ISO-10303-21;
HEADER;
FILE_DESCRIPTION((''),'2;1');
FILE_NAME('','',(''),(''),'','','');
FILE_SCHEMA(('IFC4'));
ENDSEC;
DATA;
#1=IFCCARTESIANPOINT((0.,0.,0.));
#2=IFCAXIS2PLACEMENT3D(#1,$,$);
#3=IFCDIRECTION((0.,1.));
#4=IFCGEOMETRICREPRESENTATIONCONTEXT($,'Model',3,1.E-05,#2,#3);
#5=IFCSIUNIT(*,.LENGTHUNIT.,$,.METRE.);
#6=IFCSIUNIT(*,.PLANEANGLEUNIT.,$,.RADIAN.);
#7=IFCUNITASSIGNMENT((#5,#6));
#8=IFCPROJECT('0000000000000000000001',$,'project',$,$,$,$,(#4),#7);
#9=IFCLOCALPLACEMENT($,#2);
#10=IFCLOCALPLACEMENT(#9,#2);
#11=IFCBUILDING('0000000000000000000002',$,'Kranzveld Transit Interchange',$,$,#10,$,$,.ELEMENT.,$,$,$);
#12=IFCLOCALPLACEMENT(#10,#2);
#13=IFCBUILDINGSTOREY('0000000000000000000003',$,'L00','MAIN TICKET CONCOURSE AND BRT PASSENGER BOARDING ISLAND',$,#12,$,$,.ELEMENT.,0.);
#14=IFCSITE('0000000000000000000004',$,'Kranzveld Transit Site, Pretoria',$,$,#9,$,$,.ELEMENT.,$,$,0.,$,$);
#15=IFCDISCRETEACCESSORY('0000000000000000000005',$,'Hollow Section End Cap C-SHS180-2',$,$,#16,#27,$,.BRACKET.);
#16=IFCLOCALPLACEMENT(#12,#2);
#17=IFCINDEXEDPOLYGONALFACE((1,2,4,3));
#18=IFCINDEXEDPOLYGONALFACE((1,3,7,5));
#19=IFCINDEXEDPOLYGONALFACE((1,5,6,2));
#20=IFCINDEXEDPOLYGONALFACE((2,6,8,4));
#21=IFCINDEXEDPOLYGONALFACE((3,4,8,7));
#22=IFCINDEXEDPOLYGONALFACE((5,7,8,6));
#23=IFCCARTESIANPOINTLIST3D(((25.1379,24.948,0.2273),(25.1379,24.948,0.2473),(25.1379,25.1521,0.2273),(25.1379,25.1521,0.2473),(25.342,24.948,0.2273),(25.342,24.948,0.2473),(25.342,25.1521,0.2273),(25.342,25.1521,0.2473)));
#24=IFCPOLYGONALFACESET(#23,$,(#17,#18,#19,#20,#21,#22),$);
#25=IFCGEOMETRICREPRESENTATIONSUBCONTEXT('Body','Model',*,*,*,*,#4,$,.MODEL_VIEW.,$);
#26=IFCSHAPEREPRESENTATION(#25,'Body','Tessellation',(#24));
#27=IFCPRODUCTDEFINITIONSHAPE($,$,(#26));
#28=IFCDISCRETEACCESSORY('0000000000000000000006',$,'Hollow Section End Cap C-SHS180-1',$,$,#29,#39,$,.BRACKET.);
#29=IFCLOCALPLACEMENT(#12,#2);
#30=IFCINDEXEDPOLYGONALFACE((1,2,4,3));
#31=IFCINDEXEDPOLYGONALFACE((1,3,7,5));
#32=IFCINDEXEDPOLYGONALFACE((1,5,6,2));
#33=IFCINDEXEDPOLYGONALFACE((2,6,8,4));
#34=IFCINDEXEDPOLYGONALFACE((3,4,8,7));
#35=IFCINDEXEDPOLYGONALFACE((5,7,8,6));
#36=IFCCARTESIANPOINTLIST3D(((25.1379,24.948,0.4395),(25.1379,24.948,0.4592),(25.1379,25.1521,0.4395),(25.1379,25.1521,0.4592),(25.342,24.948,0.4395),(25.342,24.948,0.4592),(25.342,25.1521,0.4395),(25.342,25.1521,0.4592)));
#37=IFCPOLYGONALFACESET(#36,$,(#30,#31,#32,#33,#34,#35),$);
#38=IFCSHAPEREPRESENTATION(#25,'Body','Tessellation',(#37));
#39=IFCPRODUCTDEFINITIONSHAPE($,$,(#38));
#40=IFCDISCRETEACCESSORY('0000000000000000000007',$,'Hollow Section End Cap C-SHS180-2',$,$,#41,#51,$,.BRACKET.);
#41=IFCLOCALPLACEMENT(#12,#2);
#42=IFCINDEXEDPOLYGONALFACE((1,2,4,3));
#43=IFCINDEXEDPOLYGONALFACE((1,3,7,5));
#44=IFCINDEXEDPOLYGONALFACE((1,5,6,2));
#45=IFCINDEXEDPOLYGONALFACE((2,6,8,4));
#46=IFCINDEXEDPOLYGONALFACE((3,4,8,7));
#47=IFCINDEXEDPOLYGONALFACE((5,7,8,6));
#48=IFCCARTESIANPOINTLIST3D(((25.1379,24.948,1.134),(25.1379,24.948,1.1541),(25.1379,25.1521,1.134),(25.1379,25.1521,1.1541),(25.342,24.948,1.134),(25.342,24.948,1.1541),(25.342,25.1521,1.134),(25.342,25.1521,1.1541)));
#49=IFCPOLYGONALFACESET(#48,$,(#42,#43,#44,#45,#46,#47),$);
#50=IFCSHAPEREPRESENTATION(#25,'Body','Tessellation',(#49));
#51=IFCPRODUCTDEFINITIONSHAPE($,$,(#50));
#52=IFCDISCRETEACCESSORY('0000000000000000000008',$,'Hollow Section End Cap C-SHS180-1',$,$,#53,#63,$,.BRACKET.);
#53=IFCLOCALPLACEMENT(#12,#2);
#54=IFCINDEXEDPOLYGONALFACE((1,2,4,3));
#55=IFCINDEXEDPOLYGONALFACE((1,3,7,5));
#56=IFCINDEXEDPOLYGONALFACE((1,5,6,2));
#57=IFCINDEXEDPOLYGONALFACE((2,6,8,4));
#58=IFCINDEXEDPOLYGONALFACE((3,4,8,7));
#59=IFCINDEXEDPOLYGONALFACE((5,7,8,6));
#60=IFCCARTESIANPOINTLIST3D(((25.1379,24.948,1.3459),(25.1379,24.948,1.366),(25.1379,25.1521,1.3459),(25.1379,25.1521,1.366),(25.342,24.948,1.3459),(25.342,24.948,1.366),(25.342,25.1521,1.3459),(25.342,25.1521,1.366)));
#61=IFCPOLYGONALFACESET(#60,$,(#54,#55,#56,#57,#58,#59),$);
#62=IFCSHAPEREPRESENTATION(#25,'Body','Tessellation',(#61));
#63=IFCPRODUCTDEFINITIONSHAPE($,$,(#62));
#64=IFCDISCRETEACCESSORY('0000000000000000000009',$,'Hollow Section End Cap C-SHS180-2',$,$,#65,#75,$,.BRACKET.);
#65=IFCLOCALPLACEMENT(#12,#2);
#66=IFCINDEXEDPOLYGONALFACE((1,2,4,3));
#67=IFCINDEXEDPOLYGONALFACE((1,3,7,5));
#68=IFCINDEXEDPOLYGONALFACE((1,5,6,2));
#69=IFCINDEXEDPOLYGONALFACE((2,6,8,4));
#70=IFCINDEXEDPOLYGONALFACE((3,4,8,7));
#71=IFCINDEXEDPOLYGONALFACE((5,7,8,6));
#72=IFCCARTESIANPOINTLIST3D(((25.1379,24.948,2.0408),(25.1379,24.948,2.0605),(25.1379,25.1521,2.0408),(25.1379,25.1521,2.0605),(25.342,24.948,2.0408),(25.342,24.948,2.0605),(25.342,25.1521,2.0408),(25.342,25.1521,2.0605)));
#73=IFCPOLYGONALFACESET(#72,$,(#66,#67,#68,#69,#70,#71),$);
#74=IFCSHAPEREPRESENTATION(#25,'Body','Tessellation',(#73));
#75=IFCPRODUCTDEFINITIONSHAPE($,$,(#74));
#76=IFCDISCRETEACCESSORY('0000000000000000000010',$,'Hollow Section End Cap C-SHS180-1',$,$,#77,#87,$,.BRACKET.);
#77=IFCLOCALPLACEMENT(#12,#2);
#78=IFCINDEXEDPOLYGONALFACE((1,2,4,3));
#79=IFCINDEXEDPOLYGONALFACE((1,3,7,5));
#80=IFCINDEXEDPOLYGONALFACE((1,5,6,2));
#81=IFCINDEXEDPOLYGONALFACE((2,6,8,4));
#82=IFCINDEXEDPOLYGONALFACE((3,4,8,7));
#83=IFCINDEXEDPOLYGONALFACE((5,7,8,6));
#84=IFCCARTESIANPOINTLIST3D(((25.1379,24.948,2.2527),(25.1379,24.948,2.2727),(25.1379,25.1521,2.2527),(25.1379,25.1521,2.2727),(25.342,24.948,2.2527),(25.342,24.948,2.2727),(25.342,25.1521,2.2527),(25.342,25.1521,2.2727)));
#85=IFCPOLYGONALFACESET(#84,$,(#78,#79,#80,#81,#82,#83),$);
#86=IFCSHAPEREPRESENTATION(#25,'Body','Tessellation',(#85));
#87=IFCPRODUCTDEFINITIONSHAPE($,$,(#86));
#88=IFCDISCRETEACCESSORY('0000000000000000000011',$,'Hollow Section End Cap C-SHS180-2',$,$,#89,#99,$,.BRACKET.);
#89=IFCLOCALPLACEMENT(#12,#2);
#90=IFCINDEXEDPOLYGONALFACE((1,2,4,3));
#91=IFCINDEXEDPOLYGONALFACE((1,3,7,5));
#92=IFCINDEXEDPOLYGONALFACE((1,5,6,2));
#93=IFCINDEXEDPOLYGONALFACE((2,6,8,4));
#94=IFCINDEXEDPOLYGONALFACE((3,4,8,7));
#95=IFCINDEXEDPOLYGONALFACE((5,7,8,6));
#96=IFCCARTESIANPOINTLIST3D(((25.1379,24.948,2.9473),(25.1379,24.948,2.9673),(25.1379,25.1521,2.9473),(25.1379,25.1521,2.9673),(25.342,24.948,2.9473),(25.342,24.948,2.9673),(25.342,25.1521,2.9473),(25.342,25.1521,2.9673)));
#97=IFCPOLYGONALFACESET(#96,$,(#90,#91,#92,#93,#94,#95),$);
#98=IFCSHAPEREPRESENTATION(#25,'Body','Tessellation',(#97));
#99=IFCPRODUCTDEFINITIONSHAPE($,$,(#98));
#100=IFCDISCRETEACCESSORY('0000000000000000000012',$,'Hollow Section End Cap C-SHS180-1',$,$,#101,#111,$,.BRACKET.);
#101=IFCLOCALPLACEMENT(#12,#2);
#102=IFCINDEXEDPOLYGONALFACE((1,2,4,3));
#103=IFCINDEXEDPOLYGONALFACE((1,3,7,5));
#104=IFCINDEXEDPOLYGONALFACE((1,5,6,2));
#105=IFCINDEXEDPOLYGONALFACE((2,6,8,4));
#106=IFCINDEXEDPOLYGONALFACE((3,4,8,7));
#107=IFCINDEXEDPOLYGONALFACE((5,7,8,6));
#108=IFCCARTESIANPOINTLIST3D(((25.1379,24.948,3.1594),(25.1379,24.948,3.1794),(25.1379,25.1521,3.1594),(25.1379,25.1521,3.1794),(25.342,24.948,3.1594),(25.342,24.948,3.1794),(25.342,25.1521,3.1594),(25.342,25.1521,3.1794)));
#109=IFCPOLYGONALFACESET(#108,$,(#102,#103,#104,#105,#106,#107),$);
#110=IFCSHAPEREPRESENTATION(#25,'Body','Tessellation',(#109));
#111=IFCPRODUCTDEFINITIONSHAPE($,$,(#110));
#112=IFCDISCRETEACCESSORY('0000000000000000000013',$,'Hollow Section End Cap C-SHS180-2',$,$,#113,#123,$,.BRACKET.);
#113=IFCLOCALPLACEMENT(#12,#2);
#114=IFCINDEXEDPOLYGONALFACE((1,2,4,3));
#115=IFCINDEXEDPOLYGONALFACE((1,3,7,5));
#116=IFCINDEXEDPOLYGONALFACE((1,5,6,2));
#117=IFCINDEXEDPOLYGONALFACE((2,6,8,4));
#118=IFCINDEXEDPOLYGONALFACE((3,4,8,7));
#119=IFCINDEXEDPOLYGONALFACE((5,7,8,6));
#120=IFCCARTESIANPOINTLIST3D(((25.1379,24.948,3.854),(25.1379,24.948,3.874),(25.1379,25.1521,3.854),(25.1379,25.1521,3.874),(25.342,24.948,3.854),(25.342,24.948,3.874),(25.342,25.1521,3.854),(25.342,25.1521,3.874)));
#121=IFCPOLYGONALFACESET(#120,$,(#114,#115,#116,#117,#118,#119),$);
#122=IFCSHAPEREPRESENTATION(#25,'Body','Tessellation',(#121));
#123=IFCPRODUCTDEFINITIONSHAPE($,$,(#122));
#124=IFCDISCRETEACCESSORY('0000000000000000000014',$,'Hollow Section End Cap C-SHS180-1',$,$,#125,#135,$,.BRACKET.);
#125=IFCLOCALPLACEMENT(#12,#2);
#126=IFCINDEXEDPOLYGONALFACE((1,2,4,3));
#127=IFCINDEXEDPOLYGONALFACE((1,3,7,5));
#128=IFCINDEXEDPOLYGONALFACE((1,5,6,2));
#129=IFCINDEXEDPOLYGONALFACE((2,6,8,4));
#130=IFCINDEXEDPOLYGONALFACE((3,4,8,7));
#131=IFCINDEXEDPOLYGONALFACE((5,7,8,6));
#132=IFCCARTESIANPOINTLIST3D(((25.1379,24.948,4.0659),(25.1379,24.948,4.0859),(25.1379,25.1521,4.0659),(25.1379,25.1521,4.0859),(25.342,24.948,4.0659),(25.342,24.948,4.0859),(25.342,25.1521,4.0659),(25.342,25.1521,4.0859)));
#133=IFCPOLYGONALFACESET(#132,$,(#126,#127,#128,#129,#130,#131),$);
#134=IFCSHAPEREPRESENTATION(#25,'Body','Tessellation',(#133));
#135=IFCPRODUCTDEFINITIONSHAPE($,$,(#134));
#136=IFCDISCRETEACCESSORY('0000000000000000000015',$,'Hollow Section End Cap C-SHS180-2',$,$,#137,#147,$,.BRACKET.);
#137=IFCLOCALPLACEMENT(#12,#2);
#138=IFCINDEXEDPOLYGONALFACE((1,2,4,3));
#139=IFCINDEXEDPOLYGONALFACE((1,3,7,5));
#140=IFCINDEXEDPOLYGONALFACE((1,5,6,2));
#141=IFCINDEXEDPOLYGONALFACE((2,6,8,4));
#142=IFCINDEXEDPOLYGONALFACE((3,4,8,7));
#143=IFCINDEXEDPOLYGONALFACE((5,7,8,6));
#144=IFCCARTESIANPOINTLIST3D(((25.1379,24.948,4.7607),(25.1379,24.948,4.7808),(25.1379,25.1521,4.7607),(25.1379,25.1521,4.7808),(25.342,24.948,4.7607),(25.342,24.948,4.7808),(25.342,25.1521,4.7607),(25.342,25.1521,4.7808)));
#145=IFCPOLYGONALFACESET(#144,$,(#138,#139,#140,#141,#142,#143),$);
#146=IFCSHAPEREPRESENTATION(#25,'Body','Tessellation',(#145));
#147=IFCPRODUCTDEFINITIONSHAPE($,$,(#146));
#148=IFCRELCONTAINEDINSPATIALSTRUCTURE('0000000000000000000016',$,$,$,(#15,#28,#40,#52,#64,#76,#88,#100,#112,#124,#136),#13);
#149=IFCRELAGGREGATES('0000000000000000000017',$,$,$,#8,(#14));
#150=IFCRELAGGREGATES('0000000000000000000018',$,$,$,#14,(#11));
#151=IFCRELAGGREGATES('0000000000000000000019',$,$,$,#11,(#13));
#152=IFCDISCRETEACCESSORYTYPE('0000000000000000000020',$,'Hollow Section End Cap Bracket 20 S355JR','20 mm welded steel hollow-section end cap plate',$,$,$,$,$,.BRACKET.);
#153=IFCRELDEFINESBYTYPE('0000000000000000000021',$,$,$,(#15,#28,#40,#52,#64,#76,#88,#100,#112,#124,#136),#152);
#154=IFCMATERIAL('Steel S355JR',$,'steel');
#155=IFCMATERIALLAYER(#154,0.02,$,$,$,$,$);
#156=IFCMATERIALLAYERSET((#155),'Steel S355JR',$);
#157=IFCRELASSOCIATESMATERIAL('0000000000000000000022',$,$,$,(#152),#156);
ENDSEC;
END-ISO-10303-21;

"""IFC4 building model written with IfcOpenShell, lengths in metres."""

from ifc_helpers import new_model, si_unit, direction, frame, origin, origin_2d, place, context, subcontext, project, spatial, rectangle, extrude, material, layer, layer_set, type_object, element, save


model = new_model("IFC4")

# Units and contexts
model_context = context("Model", 3, precision=1e-05, world=origin(), true_north=direction((0.0, 1.0)))
body_context = subcontext(model_context, "Body", "Model", "MODEL_VIEW")
ifc_project = project(units=[si_unit("LENGTHUNIT", "METRE"), si_unit("PLANEANGLEUNIT", "RADIAN")], contexts=[model_context])

# Site, building, storey
site_placement = place(None, origin())
site = spatial("IfcSite", under=ifc_project, at=site_placement, Name="Kranzveld Transit Site, Pretoria", CompositionType="ELEMENT", RefElevation=0.0)
building_placement = place(site_placement, origin())
building = spatial("IfcBuilding", under=site, at=building_placement, Name="Kranzveld Transit Interchange", CompositionType="ELEMENT")
storey_placement = place(building_placement, origin())
storey = spatial("IfcBuildingStorey", under=building, at=storey_placement, Name="L00", Description="MAIN TICKET CONCOURSE AND BRT PASSENGER BOARDING ISLAND", CompositionType="ELEMENT", Elevation=0.0)

# Discrete accessories
ifc_material_1 = material(Name="Steel S355JR", Category="steel")
ifc_layer_1 = layer(ifc_material_1, 0.02)
ifc_layer_set_1 = layer_set([ifc_layer_1], Name="Steel S355JR")
discrete_accessory_type = type_object("IfcDiscreteAccessoryType", Name="Hollow Section End Cap Bracket 20 S355JR", Description="20 mm welded steel hollow-section end cap plate", PredefinedType="BRACKET", material=ifc_layer_set_1)
for number, where, z_axis, x_axis, name in (
    (1, (25.24, 25.05, 0.2273), (0.0, 0.0, 1.0), (1.0, 0.0, 0.0), "Hollow Section End Cap C-SHS180-2"),
):
    element("IfcDiscreteAccessory", number, at=place(storey_placement, frame(where, z_axis=z_axis, x_axis=x_axis)), inside=storey, type_object=discrete_accessory_type, Name=name, PredefinedType="BRACKET", context=body_context, shape_type="SweptSolid", body=[
        extrude(rectangle(XDim=0.2041, YDim=0.2041, at=origin_2d()), origin(), (0.0, 0.0, 1.0), 0.02),
    ])
discrete_accessory_1_placement = place(storey_placement, frame((25.24, 25.05, 0.4592), z_axis=(0.0, 0.0, -1.0), x_axis=(1.0, 0.0, 0.0)))
element("IfcDiscreteAccessory", 2, at=discrete_accessory_1_placement, inside=storey, type_object=discrete_accessory_type, Name="Hollow Section End Cap C-SHS180-1", PredefinedType="BRACKET", context=body_context, shape_type="SweptSolid", body=[
    extrude(rectangle(XDim=0.2041, YDim=0.2041, at=origin_2d()), origin(), (0.0, 0.0, 1.0), 0.0198),
])
for number, where, z_axis, x_axis, name in (
    (3, (25.24, 25.05, 1.134), (0.0, 0.0, 1.0), (1.0, 0.0, 0.0), "Hollow Section End Cap C-SHS180-2"),
    (4, (25.24, 25.05, 1.366), (0.0, 0.0, -1.0), (1.0, 0.0, 0.0), "Hollow Section End Cap C-SHS180-1"),
):
    element("IfcDiscreteAccessory", number, at=place(storey_placement, frame(where, z_axis=z_axis, x_axis=x_axis)), inside=storey, type_object=discrete_accessory_type, Name=name, PredefinedType="BRACKET", context=body_context, shape_type="SweptSolid", body=[
        extrude(rectangle(XDim=0.2041, YDim=0.2041, at=origin_2d()), origin(), (0.0, 0.0, 1.0), 0.02),
    ])
discrete_accessory_2_placement = place(storey_placement, frame((25.24, 25.05, 2.0408), z_axis=(0.0, 0.0, 1.0), x_axis=(1.0, 0.0, 0.0)))
element("IfcDiscreteAccessory", 5, at=discrete_accessory_2_placement, inside=storey, type_object=discrete_accessory_type, Name="Hollow Section End Cap C-SHS180-2", PredefinedType="BRACKET", context=body_context, shape_type="SweptSolid", body=[
    extrude(rectangle(XDim=0.2041, YDim=0.2041, at=origin_2d()), origin(), (0.0, 0.0, 1.0), 0.0198),
])
for number, where, z_axis, x_axis, name in (
    (6, (25.24, 25.05, 2.2727), (0.0, 0.0, -1.0), (1.0, 0.0, 0.0), "Hollow Section End Cap C-SHS180-1"),
    (7, (25.24, 25.05, 2.9473), (0.0, 0.0, 1.0), (1.0, 0.0, 0.0), "Hollow Section End Cap C-SHS180-2"),
    (8, (25.24, 25.05, 3.1794), (0.0, 0.0, -1.0), (1.0, 0.0, 0.0), "Hollow Section End Cap C-SHS180-1"),
    (9, (25.24, 25.05, 3.854), (0.0, 0.0, 1.0), (1.0, 0.0, 0.0), "Hollow Section End Cap C-SHS180-2"),
    (10, (25.24, 25.05, 4.0859), (0.0, 0.0, -1.0), (1.0, 0.0, 0.0), "Hollow Section End Cap C-SHS180-1"),
    (11, (25.24, 25.05, 4.7607), (0.0, 0.0, 1.0), (1.0, 0.0, 0.0), "Hollow Section End Cap C-SHS180-2"),
):
    element("IfcDiscreteAccessory", number, at=place(storey_placement, frame(where, z_axis=z_axis, x_axis=x_axis)), inside=storey, type_object=discrete_accessory_type, Name=name, PredefinedType="BRACKET", context=body_context, shape_type="SweptSolid", body=[
        extrude(rectangle(XDim=0.2041, YDim=0.2041, at=origin_2d()), origin(), (0.0, 0.0, 1.0), 0.02),
    ])

save(model, "model.ifc")
